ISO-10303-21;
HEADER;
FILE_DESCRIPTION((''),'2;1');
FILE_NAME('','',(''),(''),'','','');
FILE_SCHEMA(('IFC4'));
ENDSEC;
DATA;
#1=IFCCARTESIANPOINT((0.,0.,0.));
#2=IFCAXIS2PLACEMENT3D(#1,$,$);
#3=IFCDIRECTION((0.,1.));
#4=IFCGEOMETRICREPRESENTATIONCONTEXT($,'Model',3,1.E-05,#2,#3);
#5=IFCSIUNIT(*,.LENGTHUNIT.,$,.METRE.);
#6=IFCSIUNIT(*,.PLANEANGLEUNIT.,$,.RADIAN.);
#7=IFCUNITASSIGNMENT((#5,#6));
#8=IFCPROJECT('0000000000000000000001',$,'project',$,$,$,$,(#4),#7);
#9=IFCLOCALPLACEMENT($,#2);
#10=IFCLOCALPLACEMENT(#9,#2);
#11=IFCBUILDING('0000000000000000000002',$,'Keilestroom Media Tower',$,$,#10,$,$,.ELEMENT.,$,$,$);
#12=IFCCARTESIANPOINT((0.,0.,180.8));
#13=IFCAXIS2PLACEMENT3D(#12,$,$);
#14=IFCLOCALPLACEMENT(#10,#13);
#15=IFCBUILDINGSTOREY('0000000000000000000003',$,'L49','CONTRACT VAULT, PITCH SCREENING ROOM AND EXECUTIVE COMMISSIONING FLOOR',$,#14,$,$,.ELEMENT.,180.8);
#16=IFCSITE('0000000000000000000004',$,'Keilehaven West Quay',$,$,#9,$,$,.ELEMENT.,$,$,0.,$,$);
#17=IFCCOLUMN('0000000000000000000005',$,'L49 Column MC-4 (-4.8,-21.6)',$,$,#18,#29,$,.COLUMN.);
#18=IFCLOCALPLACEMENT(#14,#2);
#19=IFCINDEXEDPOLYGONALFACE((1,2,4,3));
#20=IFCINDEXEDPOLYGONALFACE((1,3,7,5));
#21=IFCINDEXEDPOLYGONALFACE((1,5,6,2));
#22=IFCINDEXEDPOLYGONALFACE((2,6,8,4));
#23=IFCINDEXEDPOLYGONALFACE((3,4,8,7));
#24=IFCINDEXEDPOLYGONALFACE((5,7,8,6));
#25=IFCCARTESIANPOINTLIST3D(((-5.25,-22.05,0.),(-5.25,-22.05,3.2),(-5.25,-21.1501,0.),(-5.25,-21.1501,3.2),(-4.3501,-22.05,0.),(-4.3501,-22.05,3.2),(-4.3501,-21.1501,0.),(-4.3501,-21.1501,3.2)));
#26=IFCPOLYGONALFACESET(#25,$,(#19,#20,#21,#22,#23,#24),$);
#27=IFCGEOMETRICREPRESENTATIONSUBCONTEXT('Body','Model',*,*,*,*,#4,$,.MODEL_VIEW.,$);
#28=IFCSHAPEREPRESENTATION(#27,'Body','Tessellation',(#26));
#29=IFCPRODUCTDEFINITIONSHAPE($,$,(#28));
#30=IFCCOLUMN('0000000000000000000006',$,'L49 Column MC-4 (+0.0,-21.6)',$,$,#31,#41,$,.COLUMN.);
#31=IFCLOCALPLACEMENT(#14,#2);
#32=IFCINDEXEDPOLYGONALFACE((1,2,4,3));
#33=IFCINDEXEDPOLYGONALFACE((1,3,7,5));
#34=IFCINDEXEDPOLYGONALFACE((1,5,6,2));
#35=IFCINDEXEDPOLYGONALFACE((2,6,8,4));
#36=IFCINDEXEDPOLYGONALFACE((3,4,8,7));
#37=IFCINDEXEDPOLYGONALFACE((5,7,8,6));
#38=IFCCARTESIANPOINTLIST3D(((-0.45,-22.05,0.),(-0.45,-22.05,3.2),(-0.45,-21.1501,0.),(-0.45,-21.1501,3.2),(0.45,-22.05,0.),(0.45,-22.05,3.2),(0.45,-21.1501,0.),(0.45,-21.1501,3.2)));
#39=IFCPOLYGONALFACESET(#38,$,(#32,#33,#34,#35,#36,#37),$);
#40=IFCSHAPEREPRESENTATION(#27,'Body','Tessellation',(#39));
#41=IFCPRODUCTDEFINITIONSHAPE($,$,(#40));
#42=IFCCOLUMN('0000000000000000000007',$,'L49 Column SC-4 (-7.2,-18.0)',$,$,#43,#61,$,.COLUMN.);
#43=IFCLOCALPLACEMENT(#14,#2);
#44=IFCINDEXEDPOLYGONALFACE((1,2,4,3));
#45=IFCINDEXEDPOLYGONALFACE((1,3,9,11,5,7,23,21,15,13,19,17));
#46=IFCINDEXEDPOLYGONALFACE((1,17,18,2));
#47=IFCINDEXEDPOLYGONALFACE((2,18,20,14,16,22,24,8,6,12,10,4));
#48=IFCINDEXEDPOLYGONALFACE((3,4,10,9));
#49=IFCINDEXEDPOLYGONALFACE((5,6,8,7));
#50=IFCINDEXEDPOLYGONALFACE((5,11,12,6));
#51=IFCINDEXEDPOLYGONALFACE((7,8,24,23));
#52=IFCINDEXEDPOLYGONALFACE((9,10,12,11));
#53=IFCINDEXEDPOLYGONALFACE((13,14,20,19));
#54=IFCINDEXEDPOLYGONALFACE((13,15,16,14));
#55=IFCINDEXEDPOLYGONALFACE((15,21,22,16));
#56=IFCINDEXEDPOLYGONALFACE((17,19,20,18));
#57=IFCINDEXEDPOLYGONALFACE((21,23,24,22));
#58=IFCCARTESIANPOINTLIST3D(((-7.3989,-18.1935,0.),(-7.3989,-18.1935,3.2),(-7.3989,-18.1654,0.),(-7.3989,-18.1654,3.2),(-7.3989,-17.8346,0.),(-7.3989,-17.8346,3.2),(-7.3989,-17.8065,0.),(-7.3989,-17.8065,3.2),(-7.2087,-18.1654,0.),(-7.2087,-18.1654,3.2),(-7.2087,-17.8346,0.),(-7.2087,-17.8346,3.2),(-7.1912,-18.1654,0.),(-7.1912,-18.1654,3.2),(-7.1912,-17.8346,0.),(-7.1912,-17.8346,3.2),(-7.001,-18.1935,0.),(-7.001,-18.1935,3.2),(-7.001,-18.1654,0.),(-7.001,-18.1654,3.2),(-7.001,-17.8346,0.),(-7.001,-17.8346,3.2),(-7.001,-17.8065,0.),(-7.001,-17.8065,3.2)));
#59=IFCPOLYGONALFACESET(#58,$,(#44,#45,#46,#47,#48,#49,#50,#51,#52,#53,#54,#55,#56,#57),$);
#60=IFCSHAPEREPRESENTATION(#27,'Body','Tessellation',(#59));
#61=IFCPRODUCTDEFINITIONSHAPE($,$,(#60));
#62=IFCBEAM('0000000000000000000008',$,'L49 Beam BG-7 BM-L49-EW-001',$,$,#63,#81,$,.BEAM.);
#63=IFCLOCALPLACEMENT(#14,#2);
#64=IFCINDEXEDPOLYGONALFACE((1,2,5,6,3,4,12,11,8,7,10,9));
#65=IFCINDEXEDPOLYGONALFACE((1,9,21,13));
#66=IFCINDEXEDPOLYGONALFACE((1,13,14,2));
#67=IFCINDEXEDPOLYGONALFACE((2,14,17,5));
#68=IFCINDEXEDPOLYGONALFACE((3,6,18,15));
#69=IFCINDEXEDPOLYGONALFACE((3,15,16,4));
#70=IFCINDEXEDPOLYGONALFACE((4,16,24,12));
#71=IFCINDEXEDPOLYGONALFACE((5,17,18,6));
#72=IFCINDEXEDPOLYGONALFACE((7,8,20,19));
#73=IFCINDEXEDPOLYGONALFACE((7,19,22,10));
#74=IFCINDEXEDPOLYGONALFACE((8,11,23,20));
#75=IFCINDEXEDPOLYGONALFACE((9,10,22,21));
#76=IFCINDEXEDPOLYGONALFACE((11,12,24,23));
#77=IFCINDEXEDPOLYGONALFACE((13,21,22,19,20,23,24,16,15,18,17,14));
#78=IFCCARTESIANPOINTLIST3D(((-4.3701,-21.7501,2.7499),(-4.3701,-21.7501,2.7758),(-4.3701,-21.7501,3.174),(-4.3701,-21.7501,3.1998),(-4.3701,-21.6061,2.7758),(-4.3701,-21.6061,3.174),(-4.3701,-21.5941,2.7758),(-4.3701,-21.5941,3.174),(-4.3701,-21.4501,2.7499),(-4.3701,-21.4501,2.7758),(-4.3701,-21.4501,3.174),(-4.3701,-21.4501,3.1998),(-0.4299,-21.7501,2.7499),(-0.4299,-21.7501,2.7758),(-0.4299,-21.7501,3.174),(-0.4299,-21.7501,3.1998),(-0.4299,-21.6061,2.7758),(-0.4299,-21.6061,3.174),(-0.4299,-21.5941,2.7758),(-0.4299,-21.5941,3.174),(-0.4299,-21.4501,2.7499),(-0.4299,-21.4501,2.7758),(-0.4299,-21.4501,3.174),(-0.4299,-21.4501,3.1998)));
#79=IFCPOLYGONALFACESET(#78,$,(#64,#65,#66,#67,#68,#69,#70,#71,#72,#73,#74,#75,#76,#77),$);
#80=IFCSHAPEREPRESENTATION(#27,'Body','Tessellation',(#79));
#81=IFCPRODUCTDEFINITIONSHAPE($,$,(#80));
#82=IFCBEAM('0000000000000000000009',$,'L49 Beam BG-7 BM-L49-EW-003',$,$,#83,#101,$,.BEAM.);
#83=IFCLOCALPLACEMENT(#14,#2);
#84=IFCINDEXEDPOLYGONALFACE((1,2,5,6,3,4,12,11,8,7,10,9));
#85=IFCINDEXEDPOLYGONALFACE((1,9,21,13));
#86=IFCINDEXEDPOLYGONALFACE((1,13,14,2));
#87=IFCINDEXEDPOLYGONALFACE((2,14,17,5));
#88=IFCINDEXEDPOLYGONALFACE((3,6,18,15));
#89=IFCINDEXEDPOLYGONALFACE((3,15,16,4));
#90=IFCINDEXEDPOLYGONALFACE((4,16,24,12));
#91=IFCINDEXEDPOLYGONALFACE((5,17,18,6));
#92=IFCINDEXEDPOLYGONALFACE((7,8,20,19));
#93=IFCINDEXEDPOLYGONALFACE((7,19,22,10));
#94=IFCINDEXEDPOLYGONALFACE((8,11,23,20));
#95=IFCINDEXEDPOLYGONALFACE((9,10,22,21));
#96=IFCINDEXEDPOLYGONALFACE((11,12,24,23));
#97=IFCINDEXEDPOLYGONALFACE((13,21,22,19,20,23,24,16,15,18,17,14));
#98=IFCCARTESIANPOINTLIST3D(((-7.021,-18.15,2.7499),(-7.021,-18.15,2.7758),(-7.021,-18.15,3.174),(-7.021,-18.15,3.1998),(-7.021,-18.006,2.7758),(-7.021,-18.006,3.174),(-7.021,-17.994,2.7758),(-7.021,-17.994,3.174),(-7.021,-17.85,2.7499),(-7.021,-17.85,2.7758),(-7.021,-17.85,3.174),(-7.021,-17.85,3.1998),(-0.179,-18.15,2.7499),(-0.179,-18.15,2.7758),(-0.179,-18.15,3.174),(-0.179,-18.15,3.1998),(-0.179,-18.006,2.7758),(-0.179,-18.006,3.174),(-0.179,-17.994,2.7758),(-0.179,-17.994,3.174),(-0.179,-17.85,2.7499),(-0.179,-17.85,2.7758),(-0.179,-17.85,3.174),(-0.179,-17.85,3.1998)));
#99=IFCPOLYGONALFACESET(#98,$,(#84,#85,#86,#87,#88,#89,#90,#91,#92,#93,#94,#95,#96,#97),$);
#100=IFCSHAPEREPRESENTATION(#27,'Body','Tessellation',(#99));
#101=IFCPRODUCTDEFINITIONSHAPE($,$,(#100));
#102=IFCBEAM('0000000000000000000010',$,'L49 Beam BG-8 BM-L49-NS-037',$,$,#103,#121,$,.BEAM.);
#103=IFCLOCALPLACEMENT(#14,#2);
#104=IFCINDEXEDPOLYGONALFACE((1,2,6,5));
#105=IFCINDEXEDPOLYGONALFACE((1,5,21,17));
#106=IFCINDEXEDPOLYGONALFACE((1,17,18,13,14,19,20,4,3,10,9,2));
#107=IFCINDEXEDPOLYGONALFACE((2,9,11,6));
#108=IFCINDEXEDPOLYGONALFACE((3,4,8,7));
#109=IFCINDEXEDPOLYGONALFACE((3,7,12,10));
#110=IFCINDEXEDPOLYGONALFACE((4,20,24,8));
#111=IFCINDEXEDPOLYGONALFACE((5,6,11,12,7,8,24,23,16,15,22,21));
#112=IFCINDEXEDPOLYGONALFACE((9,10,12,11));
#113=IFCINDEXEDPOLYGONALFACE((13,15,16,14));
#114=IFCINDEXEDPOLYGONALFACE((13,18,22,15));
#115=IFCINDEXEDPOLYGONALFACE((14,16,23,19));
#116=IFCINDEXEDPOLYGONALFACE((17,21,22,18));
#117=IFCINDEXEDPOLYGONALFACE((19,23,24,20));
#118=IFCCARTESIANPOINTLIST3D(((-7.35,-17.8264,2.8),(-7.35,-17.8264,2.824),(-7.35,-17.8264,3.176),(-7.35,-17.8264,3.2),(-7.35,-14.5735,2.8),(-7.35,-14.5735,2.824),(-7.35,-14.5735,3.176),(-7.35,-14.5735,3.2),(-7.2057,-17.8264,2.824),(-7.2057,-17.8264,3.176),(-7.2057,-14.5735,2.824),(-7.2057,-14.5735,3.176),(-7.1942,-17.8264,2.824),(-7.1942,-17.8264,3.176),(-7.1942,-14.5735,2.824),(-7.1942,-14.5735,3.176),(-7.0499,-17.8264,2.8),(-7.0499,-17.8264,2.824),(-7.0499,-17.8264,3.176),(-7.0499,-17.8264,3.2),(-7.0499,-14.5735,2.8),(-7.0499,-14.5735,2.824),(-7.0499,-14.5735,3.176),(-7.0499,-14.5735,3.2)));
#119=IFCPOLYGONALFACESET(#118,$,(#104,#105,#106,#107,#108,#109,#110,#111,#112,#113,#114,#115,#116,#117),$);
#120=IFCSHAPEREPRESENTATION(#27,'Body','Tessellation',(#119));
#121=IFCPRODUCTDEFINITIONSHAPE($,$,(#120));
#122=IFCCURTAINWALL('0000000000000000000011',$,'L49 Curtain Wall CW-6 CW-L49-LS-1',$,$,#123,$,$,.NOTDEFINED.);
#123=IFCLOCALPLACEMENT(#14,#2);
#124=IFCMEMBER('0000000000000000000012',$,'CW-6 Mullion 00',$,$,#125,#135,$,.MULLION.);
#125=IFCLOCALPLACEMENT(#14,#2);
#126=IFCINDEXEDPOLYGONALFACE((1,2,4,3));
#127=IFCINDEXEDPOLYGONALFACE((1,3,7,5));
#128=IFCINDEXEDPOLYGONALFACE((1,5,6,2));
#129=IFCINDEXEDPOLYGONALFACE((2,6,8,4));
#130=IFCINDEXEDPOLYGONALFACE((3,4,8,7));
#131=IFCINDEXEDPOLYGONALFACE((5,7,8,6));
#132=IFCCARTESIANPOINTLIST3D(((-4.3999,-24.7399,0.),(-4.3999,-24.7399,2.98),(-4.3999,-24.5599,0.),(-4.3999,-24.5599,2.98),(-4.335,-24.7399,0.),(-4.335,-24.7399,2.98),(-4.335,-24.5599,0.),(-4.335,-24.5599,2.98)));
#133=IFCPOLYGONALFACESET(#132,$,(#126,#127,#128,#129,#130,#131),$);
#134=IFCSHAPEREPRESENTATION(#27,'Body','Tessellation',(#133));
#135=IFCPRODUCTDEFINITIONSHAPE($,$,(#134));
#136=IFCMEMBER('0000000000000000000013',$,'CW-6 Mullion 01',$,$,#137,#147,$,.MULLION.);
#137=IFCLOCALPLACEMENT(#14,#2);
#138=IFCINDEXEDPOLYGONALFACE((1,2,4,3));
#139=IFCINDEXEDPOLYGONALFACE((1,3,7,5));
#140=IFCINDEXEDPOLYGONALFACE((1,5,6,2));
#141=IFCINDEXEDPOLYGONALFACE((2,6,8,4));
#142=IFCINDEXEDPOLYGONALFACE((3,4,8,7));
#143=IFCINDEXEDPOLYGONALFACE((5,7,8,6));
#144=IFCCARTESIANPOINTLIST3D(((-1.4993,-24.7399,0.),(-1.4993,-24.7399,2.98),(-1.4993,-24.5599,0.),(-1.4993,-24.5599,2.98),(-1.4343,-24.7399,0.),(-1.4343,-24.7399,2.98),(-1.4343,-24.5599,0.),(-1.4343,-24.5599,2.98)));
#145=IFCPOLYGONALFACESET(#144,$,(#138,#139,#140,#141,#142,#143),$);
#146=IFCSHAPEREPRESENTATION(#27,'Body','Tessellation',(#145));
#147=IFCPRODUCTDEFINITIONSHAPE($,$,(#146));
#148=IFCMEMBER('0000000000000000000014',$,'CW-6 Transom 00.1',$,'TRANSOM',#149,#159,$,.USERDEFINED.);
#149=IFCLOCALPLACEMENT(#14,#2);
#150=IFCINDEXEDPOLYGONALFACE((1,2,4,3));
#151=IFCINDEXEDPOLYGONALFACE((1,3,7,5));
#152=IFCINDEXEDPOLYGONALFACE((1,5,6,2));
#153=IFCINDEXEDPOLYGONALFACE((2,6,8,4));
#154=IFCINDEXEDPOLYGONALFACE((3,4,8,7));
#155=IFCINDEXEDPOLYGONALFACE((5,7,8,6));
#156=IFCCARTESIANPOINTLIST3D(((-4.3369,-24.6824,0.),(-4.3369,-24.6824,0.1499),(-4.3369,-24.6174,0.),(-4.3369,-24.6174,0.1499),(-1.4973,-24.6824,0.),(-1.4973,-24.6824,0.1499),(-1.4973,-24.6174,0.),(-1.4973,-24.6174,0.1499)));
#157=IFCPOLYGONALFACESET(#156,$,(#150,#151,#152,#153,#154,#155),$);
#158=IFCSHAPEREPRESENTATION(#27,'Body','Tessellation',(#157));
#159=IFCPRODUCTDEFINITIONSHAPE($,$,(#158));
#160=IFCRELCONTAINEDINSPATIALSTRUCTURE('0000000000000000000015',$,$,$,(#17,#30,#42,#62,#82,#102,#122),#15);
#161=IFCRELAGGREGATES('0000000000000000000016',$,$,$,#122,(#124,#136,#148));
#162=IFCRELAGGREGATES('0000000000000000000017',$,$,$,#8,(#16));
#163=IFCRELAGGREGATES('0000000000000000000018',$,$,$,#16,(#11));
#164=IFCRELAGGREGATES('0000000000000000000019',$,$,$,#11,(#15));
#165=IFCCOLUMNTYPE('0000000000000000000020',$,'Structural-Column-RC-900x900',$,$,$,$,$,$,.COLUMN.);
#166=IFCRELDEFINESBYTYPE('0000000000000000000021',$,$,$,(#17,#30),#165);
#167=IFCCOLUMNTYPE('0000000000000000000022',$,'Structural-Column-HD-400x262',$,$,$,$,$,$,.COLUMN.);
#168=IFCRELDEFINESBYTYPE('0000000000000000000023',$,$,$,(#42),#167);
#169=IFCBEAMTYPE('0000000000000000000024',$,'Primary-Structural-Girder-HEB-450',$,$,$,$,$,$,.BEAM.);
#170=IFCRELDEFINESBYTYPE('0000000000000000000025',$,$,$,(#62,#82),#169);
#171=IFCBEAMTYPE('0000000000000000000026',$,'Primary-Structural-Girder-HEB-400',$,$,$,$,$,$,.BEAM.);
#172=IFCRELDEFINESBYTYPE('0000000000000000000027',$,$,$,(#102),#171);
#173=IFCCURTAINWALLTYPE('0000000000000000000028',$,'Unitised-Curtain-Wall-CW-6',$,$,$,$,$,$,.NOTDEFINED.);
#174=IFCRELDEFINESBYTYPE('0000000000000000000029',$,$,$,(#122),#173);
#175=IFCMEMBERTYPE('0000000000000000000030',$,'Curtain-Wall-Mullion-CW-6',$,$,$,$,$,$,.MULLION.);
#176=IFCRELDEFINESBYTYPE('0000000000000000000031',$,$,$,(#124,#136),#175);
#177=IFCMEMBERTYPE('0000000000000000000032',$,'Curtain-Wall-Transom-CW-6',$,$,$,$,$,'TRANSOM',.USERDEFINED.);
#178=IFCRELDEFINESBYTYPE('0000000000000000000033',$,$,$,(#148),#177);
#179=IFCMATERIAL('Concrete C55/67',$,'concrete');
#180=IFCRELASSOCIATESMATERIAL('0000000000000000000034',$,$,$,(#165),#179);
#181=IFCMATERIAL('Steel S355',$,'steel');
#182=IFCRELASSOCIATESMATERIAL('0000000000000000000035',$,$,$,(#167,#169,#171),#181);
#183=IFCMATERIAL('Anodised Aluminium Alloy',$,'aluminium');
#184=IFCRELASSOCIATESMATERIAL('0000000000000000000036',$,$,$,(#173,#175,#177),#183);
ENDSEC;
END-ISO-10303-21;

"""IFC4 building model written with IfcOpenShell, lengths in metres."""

from ifc_helpers import new_model, si_unit, direction, frame, origin, origin_2d, place, context, subcontext, project, spatial, rectangle, i_section, extrude, source, transform, mapped, material, material_profile, profile_set, type_object, element, aggregate, save


model = new_model("IFC4")

# Units and contexts
model_context = context("Model", 3, precision=1e-05, world=origin(), true_north=direction((0.0, 1.0)))
body_context = subcontext(model_context, "Body", "Model", "MODEL_VIEW")
ifc_project = project(units=[si_unit("LENGTHUNIT", "METRE"), si_unit("PLANEANGLEUNIT", "RADIAN")], contexts=[model_context])

# Site, building, storey
site_placement = place(None, origin())
site = spatial("IfcSite", under=ifc_project, at=site_placement, Name="Keilehaven West Quay", CompositionType="ELEMENT", RefElevation=0.0)
building_placement = place(site_placement, origin())
building = spatial("IfcBuilding", under=site, at=building_placement, Name="Keilestroom Media Tower", CompositionType="ELEMENT")
storey_placement = place(building_placement, frame((0.0, 0.0, 180.8)))
storey = spatial("IfcBuildingStorey", under=building, at=storey_placement, Name="L49", Description="CONTRACT VAULT, PITCH SCREENING ROOM AND EXECUTIVE COMMISSIONING FLOOR", CompositionType="ELEMENT", Elevation=180.8)

# Columns
ifc_material_1 = material(Name="Concrete C55/67", Category="concrete")
ifc_material_profile_1 = material_profile(ifc_material_1, rectangle(XDim=0.8999, YDim=0.8999, at=origin_2d()), Name="RC 900x900")
ifc_profile_set_1 = profile_set([ifc_material_profile_1], Name="Concrete C55/67")
column_type_1 = type_object("IfcColumnType", Name="Structural-Column-RC-900x900", PredefinedType="COLUMN", material=ifc_profile_set_1)
shared_shape_1 = source(origin(), body_context, "Body", "SweptSolid", [
    extrude(rectangle(XDim=0.8999, YDim=0.8999, at=origin_2d()), origin(), (0.0, 0.0, 1.0), 3.2),
])
for number, where, z_axis, x_axis, name in (
    (1, (-4.8, -21.6001, 0.0), (0.0, 0.0, 1.0), (1.0, 0.0, 0.0), "L49 Column MC-4 (-4.8,-21.6)"),
    (2, (0.0, -21.6001, 0.0), (0.0, 0.0, 1.0), (1.0, 0.0, 0.0), "L49 Column MC-4 (+0.0,-21.6)"),
):
    element("IfcColumn", number, at=place(storey_placement, frame(where, z_axis=z_axis, x_axis=x_axis)), inside=storey, type_object=column_type_1, Name=name, PredefinedType="COLUMN", context=body_context, shape_type="MappedRepresentation", body=[
        mapped(shared_shape_1, transform((0.0, 0.0, 0.0), x_axis=(1.0, 0.0, 0.0), y_axis=(0.0, 1.0, 0.0), z_axis=(0.0, 0.0, 1.0), scale=1.0)),
    ])
ifc_material_2 = material(Name="Steel S355", Category="steel")
ifc_material_profile_2 = material_profile(ifc_material_2, i_section(OverallWidth=0.3979, OverallDepth=0.387, WebThickness=0.0176, FlangeThickness=0.0281, at=origin_2d()), Name="HD 400x262")
ifc_profile_set_2 = profile_set([ifc_material_profile_2], Name="Steel S355")
column_type_2 = type_object("IfcColumnType", Name="Structural-Column-HD-400x262", PredefinedType="COLUMN", material=ifc_profile_set_2)
shared_shape_2 = source(origin(), body_context, "Body", "SweptSolid", [
    extrude(i_section(OverallWidth=0.3979, OverallDepth=0.387, WebThickness=0.0176, FlangeThickness=0.0281, at=origin_2d()), origin(), (0.0, 0.0, 1.0), 3.2),
])
column_placement = place(storey_placement, frame((-7.2, -18.0, 0.0), z_axis=(0.0, 0.0, 1.0), x_axis=(1.0, 0.0, 0.0)))
element("IfcColumn", 3, at=column_placement, inside=storey, type_object=column_type_2, Name="L49 Column SC-4 (-7.2,-18.0)", PredefinedType="COLUMN", context=body_context, shape_type="MappedRepresentation", body=[
    mapped(shared_shape_2, transform((0.0, 0.0, 0.0), x_axis=(1.0, 0.0, 0.0), y_axis=(0.0, 1.0, 0.0), z_axis=(0.0, 0.0, 1.0), scale=1.0)),
])

# Beams
ifc_material_profile_3 = material_profile(ifc_material_2, i_section(OverallWidth=0.3, OverallDepth=0.45, WebThickness=0.012, FlangeThickness=0.0259, at=origin_2d()), Name="HEB 450")
ifc_profile_set_3 = profile_set([ifc_material_profile_3], Name="Steel S355")
beam_type_1 = type_object("IfcBeamType", Name="Primary-Structural-Girder-HEB-450", PredefinedType="BEAM", material=ifc_profile_set_3)
shared_shape_3 = source(origin(), body_context, "Body", "SweptSolid", [
    extrude(i_section(OverallWidth=0.3, OverallDepth=0.45, WebThickness=0.012, FlangeThickness=0.0259, at=origin_2d()), origin(), (0.0, 0.0, 1.0), 3.9402),
])
beam_1_placement = place(storey_placement, frame((-4.3701, -21.6001, 2.9749), z_axis=(1.0, 0.0, 0.0), x_axis=(0.0, 1.0, 0.0)))
element("IfcBeam", 4, at=beam_1_placement, inside=storey, type_object=beam_type_1, Name="L49 Beam BG-7 BM-L49-EW-001", PredefinedType="BEAM", context=body_context, shape_type="MappedRepresentation", body=[
    mapped(shared_shape_3, transform((0.0, 0.0, 0.0), x_axis=(1.0, 0.0, 0.0), y_axis=(0.0, 1.0, 0.0), z_axis=(0.0, 0.0, 1.0), scale=1.0)),
])
shared_shape_4 = source(origin(), body_context, "Body", "SweptSolid", [
    extrude(i_section(OverallWidth=0.3, OverallDepth=0.45, WebThickness=0.012, FlangeThickness=0.0259, at=origin_2d()), origin(), (0.0, 0.0, 1.0), 6.842),
])
beam_2_placement = place(storey_placement, frame((-7.021, -18.0, 2.9749), z_axis=(1.0, 0.0, 0.0), x_axis=(0.0, 1.0, 0.0)))
element("IfcBeam", 5, at=beam_2_placement, inside=storey, type_object=beam_type_1, Name="L49 Beam BG-7 BM-L49-EW-003", PredefinedType="BEAM", context=body_context, shape_type="MappedRepresentation", body=[
    mapped(shared_shape_4, transform((0.0, 0.0, 0.0), x_axis=(1.0, 0.0, 0.0), y_axis=(0.0, 1.0, 0.0), z_axis=(0.0, 0.0, 1.0), scale=1.0)),
])
ifc_material_profile_4 = material_profile(ifc_material_2, i_section(OverallWidth=0.3, OverallDepth=0.3999, WebThickness=0.0115, FlangeThickness=0.0239, at=origin_2d()), Name="HEB 400")
ifc_profile_set_4 = profile_set([ifc_material_profile_4], Name="Steel S355")
beam_type_2 = type_object("IfcBeamType", Name="Primary-Structural-Girder-HEB-400", PredefinedType="BEAM", material=ifc_profile_set_4)
shared_shape_5 = source(origin(), body_context, "Body", "SweptSolid", [
    extrude(i_section(OverallWidth=0.3, OverallDepth=0.3999, WebThickness=0.0115, FlangeThickness=0.0239, at=origin_2d()), origin(), (0.0, 0.0, 1.0), 3.2529),
])
beam_3_placement = place(storey_placement, frame((-7.2, -17.8264, 3.0), z_axis=(0.0, 1.0, 0.0), x_axis=(-1.0, 0.0, 0.0)))
element("IfcBeam", 6, at=beam_3_placement, inside=storey, type_object=beam_type_2, Name="L49 Beam BG-8 BM-L49-NS-037", PredefinedType="BEAM", context=body_context, shape_type="MappedRepresentation", body=[
    mapped(shared_shape_5, transform((0.0, 0.0, 0.0), x_axis=(1.0, 0.0, 0.0), y_axis=(0.0, 1.0, 0.0), z_axis=(0.0, 0.0, 1.0), scale=1.0)),
])

# Curtain wall, members
ifc_material_3 = material(Name="Anodised Aluminium Alloy", Category="aluminium")
curtain_wall_type = type_object("IfcCurtainWallType", Name="Unitised-Curtain-Wall-CW-6", PredefinedType="NOTDEFINED", material=ifc_material_3)
curtain_wall_placement = place(storey_placement, origin())
curtain_wall = element("IfcCurtainWall", 7, at=curtain_wall_placement, inside=storey, type_object=curtain_wall_type, Name="L49 Curtain Wall CW-6 CW-L49-LS-1", PredefinedType="NOTDEFINED")
ifc_material_profile_5 = material_profile(ifc_material_3, rectangle(XDim=0.0649, YDim=0.1799, at=origin_2d()), Name="ALU MULLION 65x180")
ifc_profile_set_5 = profile_set([ifc_material_profile_5], Name="Anodised Aluminium Alloy")
member_type_1 = type_object("IfcMemberType", Name="Curtain-Wall-Mullion-CW-6", PredefinedType="MULLION", material=ifc_profile_set_5)
shared_shape_6 = source(origin(), body_context, "Body", "SweptSolid", [
    extrude(rectangle(XDim=0.0649, YDim=0.1799, at=origin_2d()), origin(), (0.0, 0.0, 1.0), 2.98),
])
member_1_placement = place(storey_placement, frame((-4.3674, -24.6499, 0.0), z_axis=(0.0, 0.0, 1.0), x_axis=(1.0, 0.0, 0.0)))
member_1 = element("IfcMember", 8, at=member_1_placement, type_object=member_type_1, Name="CW-6 Mullion 00", PredefinedType="MULLION", context=body_context, shape_type="MappedRepresentation", body=[
    mapped(shared_shape_6, transform((0.0, 0.0, 0.0), x_axis=(1.0, 0.0, 0.0), y_axis=(0.0, 1.0, 0.0), z_axis=(0.0, 0.0, 1.0), scale=1.0)),
])
member_2_placement = place(storey_placement, frame((-1.4668, -24.6499, 0.0), z_axis=(0.0, 0.0, 1.0), x_axis=(1.0, 0.0, 0.0)))
member_2 = element("IfcMember", 9, at=member_2_placement, type_object=member_type_1, Name="CW-6 Mullion 01", PredefinedType="MULLION", context=body_context, shape_type="MappedRepresentation", body=[
    mapped(shared_shape_6, transform((0.0, 0.0, 0.0), x_axis=(1.0, 0.0, 0.0), y_axis=(0.0, 1.0, 0.0), z_axis=(0.0, 0.0, 1.0), scale=1.0)),
])
ifc_material_profile_6 = material_profile(ifc_material_3, rectangle(XDim=0.0649, YDim=0.1499, at=origin_2d()), Name="ALU TRANSOM 65x150")
ifc_profile_set_6 = profile_set([ifc_material_profile_6], Name="Anodised Aluminium Alloy")
member_type_2 = type_object("IfcMemberType", Name="Curtain-Wall-Transom-CW-6", ElementType="TRANSOM", PredefinedType="USERDEFINED", material=ifc_profile_set_6)
shared_shape_7 = source(origin(), body_context, "Body", "SweptSolid", [
    extrude(rectangle(XDim=0.0649, YDim=0.1499, at=origin_2d()), origin(), (0.0, 0.0, 1.0), 2.8396),
])
member_3_placement = place(storey_placement, frame((-4.3369, -24.6499, 0.075), z_axis=(1.0, 0.0, 0.0), x_axis=(0.0, 1.0, 0.0)))
member_3 = element("IfcMember", 10, at=member_3_placement, type_object=member_type_2, Name="CW-6 Transom 00.1", ObjectType="TRANSOM", PredefinedType="USERDEFINED", context=body_context, shape_type="MappedRepresentation", body=[
    mapped(shared_shape_7, transform((0.0, 0.0, 0.0), x_axis=(1.0, 0.0, 0.0), y_axis=(0.0, 1.0, 0.0), z_axis=(0.0, 0.0, 1.0), scale=1.0)),
])
aggregate(curtain_wall, [member_1, member_2, member_3])

save(model, "model.ifc")
